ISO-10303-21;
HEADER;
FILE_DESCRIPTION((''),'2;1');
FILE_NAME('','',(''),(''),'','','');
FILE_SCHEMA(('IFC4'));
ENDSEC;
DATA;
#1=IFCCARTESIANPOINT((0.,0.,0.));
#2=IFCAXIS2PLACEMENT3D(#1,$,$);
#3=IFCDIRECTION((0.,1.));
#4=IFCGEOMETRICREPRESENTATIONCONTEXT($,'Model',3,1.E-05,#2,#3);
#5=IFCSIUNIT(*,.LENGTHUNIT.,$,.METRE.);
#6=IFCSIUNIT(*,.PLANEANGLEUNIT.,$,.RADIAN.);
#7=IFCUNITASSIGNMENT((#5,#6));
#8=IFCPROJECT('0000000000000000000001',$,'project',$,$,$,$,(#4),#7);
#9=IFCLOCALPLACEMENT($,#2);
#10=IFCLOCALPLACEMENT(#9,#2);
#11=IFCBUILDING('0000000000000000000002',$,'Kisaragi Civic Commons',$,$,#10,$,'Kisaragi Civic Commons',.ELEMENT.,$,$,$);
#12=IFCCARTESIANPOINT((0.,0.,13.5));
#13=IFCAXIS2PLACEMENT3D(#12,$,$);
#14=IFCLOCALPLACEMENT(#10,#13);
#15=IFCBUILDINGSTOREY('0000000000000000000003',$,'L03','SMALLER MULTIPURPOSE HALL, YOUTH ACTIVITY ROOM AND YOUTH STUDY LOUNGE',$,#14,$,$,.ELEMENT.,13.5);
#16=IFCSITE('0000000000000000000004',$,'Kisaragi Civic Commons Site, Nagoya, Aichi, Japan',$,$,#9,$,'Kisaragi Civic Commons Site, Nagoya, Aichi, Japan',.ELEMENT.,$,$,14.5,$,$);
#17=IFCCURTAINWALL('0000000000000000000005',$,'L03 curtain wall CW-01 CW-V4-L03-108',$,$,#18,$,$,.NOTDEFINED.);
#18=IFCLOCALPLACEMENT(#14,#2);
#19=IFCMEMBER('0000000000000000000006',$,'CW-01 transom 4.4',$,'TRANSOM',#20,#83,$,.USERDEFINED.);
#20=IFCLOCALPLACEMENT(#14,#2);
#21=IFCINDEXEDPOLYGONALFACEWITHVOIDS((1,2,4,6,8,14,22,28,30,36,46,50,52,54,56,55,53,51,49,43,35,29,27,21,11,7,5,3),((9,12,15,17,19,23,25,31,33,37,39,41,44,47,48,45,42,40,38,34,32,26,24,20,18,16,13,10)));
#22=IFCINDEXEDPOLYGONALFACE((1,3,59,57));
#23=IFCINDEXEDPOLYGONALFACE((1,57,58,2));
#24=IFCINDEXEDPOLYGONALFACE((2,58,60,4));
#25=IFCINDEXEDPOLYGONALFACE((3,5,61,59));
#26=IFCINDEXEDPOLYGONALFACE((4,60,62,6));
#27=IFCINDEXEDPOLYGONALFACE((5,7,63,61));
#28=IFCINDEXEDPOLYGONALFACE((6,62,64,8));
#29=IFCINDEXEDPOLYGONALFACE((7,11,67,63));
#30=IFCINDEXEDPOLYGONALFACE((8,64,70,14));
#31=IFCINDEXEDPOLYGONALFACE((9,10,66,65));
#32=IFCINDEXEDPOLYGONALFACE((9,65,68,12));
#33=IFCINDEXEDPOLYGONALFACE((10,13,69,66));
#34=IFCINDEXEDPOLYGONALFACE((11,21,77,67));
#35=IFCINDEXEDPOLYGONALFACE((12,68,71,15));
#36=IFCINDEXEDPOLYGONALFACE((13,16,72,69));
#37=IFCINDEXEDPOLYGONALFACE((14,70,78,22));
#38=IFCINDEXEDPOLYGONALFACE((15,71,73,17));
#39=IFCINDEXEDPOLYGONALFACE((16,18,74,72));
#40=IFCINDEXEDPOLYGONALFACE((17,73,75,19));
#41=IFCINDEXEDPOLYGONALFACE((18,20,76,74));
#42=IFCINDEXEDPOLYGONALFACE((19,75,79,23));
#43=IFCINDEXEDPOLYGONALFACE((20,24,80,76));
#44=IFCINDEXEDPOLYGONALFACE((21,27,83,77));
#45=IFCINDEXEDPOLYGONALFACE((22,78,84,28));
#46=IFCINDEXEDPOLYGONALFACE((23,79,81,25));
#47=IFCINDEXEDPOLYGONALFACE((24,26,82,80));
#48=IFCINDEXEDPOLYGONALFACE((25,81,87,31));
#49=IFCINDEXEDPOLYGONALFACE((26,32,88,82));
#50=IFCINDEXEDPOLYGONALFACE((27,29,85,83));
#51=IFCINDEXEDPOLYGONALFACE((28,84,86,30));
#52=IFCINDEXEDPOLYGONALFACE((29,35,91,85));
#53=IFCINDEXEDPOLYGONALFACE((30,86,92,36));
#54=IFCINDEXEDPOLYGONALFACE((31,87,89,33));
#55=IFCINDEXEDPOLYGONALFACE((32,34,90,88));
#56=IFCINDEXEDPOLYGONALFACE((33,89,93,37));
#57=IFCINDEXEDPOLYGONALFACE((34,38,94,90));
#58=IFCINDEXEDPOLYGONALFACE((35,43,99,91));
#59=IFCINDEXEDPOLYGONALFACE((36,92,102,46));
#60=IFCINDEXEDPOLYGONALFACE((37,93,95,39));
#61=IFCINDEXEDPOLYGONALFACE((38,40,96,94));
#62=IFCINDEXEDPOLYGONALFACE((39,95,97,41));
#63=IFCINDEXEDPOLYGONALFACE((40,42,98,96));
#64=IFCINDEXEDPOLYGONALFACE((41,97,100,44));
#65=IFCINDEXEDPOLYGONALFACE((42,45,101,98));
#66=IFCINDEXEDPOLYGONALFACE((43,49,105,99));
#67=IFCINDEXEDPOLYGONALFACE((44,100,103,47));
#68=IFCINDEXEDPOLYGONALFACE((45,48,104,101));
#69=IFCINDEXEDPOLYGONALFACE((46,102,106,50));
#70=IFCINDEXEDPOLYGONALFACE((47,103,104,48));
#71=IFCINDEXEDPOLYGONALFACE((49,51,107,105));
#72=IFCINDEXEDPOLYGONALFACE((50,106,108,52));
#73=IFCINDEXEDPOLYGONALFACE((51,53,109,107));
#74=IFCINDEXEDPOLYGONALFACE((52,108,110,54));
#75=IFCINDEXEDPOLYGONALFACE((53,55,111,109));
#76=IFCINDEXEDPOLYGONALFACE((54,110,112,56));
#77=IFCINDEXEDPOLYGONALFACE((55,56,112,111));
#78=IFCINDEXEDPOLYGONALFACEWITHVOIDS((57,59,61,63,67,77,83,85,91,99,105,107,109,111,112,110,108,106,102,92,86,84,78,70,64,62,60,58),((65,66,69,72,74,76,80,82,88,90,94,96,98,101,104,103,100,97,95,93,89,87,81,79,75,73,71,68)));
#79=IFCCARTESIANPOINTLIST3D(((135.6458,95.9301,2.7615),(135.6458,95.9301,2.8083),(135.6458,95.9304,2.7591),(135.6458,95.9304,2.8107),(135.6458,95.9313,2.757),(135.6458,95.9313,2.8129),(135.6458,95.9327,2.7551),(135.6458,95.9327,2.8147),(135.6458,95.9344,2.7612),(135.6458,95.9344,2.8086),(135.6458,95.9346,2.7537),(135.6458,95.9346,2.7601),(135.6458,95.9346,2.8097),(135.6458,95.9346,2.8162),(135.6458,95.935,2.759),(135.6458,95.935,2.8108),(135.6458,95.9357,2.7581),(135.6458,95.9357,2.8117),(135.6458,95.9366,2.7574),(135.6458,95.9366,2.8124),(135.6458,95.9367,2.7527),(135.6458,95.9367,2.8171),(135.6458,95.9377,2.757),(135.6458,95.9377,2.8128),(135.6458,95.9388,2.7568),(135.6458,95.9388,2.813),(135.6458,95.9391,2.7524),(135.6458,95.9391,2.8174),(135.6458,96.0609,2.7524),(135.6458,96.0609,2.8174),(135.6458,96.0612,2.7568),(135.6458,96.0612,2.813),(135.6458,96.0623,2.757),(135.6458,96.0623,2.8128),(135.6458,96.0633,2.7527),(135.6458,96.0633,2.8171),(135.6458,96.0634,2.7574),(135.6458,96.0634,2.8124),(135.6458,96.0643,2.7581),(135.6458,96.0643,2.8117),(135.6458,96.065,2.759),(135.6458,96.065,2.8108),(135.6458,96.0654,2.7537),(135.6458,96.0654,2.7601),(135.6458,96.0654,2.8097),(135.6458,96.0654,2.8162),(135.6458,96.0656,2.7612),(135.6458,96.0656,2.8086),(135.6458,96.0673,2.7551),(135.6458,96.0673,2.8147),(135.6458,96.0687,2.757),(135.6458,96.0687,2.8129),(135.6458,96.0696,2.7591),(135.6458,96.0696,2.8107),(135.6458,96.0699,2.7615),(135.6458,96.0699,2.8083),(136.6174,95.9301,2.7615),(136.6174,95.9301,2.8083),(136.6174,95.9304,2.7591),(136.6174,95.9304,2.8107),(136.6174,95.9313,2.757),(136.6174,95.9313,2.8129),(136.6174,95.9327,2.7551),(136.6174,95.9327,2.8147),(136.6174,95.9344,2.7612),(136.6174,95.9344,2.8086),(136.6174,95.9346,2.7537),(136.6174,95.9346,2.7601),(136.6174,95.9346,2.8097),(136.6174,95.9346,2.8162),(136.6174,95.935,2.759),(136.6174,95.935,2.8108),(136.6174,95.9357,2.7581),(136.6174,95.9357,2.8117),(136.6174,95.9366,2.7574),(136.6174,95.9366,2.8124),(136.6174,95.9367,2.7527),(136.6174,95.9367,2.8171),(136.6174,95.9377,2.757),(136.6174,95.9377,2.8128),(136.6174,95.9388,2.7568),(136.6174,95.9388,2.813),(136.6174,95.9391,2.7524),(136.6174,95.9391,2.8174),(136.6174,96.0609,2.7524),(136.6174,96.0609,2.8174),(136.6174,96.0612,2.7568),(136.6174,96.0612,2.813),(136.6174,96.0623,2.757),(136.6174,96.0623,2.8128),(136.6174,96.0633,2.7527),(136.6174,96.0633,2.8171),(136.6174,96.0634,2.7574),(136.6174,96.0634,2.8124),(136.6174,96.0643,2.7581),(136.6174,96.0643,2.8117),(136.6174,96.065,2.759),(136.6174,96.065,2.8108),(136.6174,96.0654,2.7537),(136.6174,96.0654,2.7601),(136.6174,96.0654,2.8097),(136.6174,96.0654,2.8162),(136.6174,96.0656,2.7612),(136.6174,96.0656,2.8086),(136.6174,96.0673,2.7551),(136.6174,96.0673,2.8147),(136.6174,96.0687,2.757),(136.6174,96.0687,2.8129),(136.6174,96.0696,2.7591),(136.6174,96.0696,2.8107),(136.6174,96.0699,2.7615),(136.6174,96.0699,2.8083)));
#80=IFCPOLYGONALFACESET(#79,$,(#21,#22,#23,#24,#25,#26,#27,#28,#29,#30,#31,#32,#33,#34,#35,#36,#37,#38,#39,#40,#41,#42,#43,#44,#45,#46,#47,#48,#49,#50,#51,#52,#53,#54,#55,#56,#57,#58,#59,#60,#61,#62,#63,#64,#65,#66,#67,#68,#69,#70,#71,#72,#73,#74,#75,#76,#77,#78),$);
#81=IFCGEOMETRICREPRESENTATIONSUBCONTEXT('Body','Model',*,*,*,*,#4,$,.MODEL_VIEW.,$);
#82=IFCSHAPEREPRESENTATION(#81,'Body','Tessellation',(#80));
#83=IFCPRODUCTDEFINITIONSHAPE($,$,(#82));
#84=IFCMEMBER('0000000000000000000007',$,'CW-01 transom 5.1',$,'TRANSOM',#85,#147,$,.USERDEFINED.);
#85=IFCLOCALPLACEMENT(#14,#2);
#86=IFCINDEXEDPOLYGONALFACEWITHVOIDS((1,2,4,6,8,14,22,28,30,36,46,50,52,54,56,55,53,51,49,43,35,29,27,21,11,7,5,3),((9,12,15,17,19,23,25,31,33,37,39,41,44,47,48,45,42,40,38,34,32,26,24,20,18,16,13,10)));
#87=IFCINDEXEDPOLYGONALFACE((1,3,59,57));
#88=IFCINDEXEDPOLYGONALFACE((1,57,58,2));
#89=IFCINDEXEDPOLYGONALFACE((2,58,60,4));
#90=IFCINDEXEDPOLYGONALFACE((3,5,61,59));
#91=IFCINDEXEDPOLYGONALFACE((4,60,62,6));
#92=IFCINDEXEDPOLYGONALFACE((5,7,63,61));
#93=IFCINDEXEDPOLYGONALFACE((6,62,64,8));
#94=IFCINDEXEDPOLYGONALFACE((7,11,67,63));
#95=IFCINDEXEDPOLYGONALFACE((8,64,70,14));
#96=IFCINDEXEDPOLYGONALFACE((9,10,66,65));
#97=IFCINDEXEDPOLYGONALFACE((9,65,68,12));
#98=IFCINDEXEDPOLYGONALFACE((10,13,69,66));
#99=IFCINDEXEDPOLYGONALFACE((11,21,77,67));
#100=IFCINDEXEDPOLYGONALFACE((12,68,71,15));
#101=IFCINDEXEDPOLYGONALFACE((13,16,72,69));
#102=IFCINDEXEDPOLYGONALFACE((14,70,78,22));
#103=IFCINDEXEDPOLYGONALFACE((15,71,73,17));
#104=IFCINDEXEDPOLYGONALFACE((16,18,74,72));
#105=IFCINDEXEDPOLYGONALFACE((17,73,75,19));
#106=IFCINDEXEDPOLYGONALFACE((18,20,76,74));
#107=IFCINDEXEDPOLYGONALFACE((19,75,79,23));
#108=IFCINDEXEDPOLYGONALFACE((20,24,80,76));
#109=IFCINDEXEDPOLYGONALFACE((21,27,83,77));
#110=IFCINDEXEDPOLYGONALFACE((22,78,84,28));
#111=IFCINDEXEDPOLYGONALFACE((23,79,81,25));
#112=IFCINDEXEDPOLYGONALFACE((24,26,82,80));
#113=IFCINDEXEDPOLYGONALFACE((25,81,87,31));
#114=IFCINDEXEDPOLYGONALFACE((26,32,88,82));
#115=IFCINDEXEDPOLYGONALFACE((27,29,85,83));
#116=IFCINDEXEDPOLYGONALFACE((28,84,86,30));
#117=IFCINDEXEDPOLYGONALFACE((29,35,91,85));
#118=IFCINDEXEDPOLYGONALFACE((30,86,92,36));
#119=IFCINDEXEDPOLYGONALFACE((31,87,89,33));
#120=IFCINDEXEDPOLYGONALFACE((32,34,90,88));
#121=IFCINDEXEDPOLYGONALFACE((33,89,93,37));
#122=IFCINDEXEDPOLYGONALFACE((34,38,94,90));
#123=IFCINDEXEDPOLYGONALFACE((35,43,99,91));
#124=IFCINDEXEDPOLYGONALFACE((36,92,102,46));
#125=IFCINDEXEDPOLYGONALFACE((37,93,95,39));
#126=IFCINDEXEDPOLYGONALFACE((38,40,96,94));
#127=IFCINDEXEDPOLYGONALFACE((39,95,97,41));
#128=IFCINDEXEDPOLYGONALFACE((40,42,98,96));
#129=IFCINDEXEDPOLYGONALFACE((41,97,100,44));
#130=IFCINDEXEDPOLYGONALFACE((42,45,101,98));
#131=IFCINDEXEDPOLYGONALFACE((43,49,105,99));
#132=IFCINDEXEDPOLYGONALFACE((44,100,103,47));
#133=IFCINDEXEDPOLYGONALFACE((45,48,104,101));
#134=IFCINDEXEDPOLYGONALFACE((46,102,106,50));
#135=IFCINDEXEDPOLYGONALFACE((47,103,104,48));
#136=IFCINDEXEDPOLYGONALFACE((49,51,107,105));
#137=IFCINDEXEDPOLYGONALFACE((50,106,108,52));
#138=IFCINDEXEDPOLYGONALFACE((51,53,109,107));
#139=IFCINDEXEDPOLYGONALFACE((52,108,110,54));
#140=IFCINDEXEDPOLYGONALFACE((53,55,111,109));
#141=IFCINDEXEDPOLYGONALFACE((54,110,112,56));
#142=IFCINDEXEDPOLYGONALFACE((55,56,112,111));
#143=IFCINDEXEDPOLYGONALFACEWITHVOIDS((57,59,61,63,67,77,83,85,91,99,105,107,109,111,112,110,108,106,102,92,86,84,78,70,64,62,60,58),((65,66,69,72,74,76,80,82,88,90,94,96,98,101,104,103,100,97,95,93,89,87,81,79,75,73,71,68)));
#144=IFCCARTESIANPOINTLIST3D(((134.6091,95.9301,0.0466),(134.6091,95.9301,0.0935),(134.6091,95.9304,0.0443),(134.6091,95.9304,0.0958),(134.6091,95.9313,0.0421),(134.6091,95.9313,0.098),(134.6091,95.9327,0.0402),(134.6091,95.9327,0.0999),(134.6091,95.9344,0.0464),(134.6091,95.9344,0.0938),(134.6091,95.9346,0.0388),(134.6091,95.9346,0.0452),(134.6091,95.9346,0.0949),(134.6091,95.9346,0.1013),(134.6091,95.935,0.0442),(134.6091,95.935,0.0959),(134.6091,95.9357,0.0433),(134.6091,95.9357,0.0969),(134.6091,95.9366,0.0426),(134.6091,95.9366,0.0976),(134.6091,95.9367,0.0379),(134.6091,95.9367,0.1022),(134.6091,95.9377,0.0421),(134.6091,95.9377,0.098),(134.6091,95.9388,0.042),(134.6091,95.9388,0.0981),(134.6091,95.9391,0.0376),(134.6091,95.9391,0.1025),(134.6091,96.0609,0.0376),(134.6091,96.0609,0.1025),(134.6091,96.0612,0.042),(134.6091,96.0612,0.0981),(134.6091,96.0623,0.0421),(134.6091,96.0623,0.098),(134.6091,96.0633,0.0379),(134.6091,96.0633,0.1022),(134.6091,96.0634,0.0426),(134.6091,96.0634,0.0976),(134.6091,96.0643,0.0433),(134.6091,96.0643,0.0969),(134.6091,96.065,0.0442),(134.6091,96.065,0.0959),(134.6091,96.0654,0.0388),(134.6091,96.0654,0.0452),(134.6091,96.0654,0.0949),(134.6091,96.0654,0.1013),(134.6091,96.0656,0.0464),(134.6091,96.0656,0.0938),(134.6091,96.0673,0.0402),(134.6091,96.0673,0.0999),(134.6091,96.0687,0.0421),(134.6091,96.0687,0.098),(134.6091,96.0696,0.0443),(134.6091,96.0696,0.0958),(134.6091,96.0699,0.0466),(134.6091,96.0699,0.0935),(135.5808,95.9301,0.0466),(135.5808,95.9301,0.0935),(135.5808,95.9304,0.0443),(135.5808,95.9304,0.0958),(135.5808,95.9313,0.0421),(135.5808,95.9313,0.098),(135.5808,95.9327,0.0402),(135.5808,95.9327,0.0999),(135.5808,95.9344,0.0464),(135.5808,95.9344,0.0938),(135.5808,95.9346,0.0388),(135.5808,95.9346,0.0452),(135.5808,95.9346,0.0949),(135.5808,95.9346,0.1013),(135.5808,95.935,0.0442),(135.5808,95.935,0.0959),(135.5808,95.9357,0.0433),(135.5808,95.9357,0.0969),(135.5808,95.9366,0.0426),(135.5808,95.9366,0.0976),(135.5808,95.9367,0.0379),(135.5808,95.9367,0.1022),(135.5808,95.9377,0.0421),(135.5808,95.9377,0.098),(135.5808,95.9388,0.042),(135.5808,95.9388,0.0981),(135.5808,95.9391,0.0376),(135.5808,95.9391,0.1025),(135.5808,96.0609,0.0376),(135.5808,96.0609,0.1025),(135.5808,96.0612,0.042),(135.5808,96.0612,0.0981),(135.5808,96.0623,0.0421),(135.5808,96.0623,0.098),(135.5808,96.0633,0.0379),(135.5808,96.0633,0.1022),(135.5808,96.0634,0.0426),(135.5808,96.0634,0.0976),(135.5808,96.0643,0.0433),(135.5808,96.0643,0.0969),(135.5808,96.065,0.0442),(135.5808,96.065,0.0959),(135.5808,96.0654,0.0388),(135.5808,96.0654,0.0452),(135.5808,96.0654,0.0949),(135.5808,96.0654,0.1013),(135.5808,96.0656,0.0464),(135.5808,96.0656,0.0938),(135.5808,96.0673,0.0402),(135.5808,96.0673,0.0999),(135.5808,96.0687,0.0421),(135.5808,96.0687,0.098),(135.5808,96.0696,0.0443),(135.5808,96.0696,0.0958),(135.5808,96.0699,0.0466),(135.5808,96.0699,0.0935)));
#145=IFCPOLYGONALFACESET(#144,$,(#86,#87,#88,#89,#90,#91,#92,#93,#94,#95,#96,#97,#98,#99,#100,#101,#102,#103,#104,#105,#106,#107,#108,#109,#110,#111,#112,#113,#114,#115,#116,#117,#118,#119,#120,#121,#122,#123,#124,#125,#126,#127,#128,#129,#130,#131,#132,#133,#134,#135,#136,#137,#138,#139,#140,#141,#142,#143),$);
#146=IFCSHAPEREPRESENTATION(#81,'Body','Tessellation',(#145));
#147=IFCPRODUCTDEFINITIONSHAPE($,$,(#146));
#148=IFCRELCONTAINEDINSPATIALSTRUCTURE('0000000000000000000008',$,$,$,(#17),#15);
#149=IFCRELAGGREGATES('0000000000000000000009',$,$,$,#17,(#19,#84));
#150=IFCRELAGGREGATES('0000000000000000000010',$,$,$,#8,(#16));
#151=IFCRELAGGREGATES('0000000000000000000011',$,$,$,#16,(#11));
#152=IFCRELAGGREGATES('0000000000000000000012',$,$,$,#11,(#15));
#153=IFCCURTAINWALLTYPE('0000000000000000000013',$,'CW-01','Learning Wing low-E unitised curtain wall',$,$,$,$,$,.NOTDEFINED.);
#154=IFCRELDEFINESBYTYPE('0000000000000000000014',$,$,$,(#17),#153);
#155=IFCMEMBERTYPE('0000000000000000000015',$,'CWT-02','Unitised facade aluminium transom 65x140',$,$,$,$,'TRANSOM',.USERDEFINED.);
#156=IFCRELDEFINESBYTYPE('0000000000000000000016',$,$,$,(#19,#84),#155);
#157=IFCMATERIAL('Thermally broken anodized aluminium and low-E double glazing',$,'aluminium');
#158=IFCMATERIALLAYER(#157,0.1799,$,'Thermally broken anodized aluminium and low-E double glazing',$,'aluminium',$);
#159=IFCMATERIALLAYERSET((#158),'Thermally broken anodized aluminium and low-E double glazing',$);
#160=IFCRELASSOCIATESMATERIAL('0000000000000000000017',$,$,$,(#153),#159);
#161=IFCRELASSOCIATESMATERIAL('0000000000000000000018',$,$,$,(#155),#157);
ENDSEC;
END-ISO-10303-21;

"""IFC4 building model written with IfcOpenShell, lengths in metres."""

from ifc_helpers import new_model, si_unit, direction, frame, origin, origin_2d, place, context, subcontext, project, spatial, hollow_rectangle, extrude, material, layer, layer_set, material_profile, profile_set, type_object, element, aggregate, save


model = new_model("IFC4")

# Units and contexts
model_context = context("Model", 3, precision=1e-05, world=origin(), true_north=direction((0.0, 1.0)))
body_context = subcontext(model_context, "Body", "Model", "MODEL_VIEW")
ifc_project = project(units=[si_unit("LENGTHUNIT", "METRE"), si_unit("PLANEANGLEUNIT", "RADIAN")], contexts=[model_context])

# Site, building, storey
site_placement = place(None, origin())
site = spatial("IfcSite", under=ifc_project, at=site_placement, Name="Kisaragi Civic Commons Site, Nagoya, Aichi, Japan", LongName="Kisaragi Civic Commons Site, Nagoya, Aichi, Japan", CompositionType="ELEMENT", RefElevation=14.5)
building_placement = place(site_placement, origin())
building = spatial("IfcBuilding", under=site, at=building_placement, Name="Kisaragi Civic Commons", LongName="Kisaragi Civic Commons", CompositionType="ELEMENT")
storey_placement = place(building_placement, frame((0.0, 0.0, 13.5)))
storey = spatial("IfcBuildingStorey", under=building, at=storey_placement, Name="L03", Description="SMALLER MULTIPURPOSE HALL, YOUTH ACTIVITY ROOM AND YOUTH STUDY LOUNGE", CompositionType="ELEMENT", Elevation=13.5)

# Curtain wall, members
ifc_material = material(Name="Thermally broken anodized aluminium and low-E double glazing", Category="aluminium")
ifc_layer_1 = layer(ifc_material, 0.1799, Name="Thermally broken anodized aluminium and low-E double glazing", Category="aluminium")
ifc_layer_set_1 = layer_set([ifc_layer_1], Name="Thermally broken anodized aluminium and low-E double glazing")
curtain_wall_type = type_object("IfcCurtainWallType", Name="CW-01", Description="Learning Wing low-E unitised curtain wall", PredefinedType="NOTDEFINED", material=ifc_layer_set_1)
curtain_wall_placement = place(storey_placement, origin())
curtain_wall = element("IfcCurtainWall", 1, at=curtain_wall_placement, inside=storey, type_object=curtain_wall_type, Name="L03 curtain wall CW-01 CW-V4-L03-108", PredefinedType="NOTDEFINED")
ifc_material_profile_1 = material_profile(ifc_material, hollow_rectangle(XDim=0.1399, YDim=0.0649, WallThickness=0.0044, InnerFilletRadius=0.0044, OuterFilletRadius=0.009, at=origin_2d()), Name="CWT-65x140x4.5", Category="aluminium")
ifc_profile_set_1 = profile_set([ifc_material_profile_1], Name="Thermally broken anodized aluminium and low-E double glazing")
member_type_1 = type_object("IfcMemberType", Name="CWT-02", Description="Unitised facade aluminium transom 65x140", ElementType="TRANSOM", PredefinedType="USERDEFINED", material=ifc_profile_set_1)
member_1_placement = place(storey_placement, frame((136.6174, 96.0, 2.7849), z_axis=(-1.0, 0.0, 0.0), x_axis=(0.0, -1.0, 0.0)))
member_1 = element("IfcMember", 2, at=member_1_placement, type_object=member_type_1, Name="CW-01 transom 4.4", ObjectType="TRANSOM", PredefinedType="USERDEFINED", context=body_context, shape_type="SweptSolid", body=[
    extrude(hollow_rectangle(XDim=0.1399, YDim=0.0649, WallThickness=0.0044, InnerFilletRadius=0.0044, OuterFilletRadius=0.009, at=origin_2d()), origin(), (0.0, 0.0, 1.0), 0.9717),
])
member_2_placement = place(storey_placement, frame((135.5808, 96.0, 0.0701), z_axis=(-1.0, 0.0, 0.0), x_axis=(0.0, -1.0, 0.0)))
member_2 = element("IfcMember", 3, at=member_2_placement, type_object=member_type_1, Name="CW-01 transom 5.1", ObjectType="TRANSOM", PredefinedType="USERDEFINED", context=body_context, shape_type="SweptSolid", body=[
    extrude(hollow_rectangle(XDim=0.1399, YDim=0.0649, WallThickness=0.0044, InnerFilletRadius=0.0044, OuterFilletRadius=0.009, at=origin_2d()), origin(), (0.0, 0.0, 1.0), 0.9717),
])
aggregate(curtain_wall, [member_1, member_2])

save(model, "model.ifc")
